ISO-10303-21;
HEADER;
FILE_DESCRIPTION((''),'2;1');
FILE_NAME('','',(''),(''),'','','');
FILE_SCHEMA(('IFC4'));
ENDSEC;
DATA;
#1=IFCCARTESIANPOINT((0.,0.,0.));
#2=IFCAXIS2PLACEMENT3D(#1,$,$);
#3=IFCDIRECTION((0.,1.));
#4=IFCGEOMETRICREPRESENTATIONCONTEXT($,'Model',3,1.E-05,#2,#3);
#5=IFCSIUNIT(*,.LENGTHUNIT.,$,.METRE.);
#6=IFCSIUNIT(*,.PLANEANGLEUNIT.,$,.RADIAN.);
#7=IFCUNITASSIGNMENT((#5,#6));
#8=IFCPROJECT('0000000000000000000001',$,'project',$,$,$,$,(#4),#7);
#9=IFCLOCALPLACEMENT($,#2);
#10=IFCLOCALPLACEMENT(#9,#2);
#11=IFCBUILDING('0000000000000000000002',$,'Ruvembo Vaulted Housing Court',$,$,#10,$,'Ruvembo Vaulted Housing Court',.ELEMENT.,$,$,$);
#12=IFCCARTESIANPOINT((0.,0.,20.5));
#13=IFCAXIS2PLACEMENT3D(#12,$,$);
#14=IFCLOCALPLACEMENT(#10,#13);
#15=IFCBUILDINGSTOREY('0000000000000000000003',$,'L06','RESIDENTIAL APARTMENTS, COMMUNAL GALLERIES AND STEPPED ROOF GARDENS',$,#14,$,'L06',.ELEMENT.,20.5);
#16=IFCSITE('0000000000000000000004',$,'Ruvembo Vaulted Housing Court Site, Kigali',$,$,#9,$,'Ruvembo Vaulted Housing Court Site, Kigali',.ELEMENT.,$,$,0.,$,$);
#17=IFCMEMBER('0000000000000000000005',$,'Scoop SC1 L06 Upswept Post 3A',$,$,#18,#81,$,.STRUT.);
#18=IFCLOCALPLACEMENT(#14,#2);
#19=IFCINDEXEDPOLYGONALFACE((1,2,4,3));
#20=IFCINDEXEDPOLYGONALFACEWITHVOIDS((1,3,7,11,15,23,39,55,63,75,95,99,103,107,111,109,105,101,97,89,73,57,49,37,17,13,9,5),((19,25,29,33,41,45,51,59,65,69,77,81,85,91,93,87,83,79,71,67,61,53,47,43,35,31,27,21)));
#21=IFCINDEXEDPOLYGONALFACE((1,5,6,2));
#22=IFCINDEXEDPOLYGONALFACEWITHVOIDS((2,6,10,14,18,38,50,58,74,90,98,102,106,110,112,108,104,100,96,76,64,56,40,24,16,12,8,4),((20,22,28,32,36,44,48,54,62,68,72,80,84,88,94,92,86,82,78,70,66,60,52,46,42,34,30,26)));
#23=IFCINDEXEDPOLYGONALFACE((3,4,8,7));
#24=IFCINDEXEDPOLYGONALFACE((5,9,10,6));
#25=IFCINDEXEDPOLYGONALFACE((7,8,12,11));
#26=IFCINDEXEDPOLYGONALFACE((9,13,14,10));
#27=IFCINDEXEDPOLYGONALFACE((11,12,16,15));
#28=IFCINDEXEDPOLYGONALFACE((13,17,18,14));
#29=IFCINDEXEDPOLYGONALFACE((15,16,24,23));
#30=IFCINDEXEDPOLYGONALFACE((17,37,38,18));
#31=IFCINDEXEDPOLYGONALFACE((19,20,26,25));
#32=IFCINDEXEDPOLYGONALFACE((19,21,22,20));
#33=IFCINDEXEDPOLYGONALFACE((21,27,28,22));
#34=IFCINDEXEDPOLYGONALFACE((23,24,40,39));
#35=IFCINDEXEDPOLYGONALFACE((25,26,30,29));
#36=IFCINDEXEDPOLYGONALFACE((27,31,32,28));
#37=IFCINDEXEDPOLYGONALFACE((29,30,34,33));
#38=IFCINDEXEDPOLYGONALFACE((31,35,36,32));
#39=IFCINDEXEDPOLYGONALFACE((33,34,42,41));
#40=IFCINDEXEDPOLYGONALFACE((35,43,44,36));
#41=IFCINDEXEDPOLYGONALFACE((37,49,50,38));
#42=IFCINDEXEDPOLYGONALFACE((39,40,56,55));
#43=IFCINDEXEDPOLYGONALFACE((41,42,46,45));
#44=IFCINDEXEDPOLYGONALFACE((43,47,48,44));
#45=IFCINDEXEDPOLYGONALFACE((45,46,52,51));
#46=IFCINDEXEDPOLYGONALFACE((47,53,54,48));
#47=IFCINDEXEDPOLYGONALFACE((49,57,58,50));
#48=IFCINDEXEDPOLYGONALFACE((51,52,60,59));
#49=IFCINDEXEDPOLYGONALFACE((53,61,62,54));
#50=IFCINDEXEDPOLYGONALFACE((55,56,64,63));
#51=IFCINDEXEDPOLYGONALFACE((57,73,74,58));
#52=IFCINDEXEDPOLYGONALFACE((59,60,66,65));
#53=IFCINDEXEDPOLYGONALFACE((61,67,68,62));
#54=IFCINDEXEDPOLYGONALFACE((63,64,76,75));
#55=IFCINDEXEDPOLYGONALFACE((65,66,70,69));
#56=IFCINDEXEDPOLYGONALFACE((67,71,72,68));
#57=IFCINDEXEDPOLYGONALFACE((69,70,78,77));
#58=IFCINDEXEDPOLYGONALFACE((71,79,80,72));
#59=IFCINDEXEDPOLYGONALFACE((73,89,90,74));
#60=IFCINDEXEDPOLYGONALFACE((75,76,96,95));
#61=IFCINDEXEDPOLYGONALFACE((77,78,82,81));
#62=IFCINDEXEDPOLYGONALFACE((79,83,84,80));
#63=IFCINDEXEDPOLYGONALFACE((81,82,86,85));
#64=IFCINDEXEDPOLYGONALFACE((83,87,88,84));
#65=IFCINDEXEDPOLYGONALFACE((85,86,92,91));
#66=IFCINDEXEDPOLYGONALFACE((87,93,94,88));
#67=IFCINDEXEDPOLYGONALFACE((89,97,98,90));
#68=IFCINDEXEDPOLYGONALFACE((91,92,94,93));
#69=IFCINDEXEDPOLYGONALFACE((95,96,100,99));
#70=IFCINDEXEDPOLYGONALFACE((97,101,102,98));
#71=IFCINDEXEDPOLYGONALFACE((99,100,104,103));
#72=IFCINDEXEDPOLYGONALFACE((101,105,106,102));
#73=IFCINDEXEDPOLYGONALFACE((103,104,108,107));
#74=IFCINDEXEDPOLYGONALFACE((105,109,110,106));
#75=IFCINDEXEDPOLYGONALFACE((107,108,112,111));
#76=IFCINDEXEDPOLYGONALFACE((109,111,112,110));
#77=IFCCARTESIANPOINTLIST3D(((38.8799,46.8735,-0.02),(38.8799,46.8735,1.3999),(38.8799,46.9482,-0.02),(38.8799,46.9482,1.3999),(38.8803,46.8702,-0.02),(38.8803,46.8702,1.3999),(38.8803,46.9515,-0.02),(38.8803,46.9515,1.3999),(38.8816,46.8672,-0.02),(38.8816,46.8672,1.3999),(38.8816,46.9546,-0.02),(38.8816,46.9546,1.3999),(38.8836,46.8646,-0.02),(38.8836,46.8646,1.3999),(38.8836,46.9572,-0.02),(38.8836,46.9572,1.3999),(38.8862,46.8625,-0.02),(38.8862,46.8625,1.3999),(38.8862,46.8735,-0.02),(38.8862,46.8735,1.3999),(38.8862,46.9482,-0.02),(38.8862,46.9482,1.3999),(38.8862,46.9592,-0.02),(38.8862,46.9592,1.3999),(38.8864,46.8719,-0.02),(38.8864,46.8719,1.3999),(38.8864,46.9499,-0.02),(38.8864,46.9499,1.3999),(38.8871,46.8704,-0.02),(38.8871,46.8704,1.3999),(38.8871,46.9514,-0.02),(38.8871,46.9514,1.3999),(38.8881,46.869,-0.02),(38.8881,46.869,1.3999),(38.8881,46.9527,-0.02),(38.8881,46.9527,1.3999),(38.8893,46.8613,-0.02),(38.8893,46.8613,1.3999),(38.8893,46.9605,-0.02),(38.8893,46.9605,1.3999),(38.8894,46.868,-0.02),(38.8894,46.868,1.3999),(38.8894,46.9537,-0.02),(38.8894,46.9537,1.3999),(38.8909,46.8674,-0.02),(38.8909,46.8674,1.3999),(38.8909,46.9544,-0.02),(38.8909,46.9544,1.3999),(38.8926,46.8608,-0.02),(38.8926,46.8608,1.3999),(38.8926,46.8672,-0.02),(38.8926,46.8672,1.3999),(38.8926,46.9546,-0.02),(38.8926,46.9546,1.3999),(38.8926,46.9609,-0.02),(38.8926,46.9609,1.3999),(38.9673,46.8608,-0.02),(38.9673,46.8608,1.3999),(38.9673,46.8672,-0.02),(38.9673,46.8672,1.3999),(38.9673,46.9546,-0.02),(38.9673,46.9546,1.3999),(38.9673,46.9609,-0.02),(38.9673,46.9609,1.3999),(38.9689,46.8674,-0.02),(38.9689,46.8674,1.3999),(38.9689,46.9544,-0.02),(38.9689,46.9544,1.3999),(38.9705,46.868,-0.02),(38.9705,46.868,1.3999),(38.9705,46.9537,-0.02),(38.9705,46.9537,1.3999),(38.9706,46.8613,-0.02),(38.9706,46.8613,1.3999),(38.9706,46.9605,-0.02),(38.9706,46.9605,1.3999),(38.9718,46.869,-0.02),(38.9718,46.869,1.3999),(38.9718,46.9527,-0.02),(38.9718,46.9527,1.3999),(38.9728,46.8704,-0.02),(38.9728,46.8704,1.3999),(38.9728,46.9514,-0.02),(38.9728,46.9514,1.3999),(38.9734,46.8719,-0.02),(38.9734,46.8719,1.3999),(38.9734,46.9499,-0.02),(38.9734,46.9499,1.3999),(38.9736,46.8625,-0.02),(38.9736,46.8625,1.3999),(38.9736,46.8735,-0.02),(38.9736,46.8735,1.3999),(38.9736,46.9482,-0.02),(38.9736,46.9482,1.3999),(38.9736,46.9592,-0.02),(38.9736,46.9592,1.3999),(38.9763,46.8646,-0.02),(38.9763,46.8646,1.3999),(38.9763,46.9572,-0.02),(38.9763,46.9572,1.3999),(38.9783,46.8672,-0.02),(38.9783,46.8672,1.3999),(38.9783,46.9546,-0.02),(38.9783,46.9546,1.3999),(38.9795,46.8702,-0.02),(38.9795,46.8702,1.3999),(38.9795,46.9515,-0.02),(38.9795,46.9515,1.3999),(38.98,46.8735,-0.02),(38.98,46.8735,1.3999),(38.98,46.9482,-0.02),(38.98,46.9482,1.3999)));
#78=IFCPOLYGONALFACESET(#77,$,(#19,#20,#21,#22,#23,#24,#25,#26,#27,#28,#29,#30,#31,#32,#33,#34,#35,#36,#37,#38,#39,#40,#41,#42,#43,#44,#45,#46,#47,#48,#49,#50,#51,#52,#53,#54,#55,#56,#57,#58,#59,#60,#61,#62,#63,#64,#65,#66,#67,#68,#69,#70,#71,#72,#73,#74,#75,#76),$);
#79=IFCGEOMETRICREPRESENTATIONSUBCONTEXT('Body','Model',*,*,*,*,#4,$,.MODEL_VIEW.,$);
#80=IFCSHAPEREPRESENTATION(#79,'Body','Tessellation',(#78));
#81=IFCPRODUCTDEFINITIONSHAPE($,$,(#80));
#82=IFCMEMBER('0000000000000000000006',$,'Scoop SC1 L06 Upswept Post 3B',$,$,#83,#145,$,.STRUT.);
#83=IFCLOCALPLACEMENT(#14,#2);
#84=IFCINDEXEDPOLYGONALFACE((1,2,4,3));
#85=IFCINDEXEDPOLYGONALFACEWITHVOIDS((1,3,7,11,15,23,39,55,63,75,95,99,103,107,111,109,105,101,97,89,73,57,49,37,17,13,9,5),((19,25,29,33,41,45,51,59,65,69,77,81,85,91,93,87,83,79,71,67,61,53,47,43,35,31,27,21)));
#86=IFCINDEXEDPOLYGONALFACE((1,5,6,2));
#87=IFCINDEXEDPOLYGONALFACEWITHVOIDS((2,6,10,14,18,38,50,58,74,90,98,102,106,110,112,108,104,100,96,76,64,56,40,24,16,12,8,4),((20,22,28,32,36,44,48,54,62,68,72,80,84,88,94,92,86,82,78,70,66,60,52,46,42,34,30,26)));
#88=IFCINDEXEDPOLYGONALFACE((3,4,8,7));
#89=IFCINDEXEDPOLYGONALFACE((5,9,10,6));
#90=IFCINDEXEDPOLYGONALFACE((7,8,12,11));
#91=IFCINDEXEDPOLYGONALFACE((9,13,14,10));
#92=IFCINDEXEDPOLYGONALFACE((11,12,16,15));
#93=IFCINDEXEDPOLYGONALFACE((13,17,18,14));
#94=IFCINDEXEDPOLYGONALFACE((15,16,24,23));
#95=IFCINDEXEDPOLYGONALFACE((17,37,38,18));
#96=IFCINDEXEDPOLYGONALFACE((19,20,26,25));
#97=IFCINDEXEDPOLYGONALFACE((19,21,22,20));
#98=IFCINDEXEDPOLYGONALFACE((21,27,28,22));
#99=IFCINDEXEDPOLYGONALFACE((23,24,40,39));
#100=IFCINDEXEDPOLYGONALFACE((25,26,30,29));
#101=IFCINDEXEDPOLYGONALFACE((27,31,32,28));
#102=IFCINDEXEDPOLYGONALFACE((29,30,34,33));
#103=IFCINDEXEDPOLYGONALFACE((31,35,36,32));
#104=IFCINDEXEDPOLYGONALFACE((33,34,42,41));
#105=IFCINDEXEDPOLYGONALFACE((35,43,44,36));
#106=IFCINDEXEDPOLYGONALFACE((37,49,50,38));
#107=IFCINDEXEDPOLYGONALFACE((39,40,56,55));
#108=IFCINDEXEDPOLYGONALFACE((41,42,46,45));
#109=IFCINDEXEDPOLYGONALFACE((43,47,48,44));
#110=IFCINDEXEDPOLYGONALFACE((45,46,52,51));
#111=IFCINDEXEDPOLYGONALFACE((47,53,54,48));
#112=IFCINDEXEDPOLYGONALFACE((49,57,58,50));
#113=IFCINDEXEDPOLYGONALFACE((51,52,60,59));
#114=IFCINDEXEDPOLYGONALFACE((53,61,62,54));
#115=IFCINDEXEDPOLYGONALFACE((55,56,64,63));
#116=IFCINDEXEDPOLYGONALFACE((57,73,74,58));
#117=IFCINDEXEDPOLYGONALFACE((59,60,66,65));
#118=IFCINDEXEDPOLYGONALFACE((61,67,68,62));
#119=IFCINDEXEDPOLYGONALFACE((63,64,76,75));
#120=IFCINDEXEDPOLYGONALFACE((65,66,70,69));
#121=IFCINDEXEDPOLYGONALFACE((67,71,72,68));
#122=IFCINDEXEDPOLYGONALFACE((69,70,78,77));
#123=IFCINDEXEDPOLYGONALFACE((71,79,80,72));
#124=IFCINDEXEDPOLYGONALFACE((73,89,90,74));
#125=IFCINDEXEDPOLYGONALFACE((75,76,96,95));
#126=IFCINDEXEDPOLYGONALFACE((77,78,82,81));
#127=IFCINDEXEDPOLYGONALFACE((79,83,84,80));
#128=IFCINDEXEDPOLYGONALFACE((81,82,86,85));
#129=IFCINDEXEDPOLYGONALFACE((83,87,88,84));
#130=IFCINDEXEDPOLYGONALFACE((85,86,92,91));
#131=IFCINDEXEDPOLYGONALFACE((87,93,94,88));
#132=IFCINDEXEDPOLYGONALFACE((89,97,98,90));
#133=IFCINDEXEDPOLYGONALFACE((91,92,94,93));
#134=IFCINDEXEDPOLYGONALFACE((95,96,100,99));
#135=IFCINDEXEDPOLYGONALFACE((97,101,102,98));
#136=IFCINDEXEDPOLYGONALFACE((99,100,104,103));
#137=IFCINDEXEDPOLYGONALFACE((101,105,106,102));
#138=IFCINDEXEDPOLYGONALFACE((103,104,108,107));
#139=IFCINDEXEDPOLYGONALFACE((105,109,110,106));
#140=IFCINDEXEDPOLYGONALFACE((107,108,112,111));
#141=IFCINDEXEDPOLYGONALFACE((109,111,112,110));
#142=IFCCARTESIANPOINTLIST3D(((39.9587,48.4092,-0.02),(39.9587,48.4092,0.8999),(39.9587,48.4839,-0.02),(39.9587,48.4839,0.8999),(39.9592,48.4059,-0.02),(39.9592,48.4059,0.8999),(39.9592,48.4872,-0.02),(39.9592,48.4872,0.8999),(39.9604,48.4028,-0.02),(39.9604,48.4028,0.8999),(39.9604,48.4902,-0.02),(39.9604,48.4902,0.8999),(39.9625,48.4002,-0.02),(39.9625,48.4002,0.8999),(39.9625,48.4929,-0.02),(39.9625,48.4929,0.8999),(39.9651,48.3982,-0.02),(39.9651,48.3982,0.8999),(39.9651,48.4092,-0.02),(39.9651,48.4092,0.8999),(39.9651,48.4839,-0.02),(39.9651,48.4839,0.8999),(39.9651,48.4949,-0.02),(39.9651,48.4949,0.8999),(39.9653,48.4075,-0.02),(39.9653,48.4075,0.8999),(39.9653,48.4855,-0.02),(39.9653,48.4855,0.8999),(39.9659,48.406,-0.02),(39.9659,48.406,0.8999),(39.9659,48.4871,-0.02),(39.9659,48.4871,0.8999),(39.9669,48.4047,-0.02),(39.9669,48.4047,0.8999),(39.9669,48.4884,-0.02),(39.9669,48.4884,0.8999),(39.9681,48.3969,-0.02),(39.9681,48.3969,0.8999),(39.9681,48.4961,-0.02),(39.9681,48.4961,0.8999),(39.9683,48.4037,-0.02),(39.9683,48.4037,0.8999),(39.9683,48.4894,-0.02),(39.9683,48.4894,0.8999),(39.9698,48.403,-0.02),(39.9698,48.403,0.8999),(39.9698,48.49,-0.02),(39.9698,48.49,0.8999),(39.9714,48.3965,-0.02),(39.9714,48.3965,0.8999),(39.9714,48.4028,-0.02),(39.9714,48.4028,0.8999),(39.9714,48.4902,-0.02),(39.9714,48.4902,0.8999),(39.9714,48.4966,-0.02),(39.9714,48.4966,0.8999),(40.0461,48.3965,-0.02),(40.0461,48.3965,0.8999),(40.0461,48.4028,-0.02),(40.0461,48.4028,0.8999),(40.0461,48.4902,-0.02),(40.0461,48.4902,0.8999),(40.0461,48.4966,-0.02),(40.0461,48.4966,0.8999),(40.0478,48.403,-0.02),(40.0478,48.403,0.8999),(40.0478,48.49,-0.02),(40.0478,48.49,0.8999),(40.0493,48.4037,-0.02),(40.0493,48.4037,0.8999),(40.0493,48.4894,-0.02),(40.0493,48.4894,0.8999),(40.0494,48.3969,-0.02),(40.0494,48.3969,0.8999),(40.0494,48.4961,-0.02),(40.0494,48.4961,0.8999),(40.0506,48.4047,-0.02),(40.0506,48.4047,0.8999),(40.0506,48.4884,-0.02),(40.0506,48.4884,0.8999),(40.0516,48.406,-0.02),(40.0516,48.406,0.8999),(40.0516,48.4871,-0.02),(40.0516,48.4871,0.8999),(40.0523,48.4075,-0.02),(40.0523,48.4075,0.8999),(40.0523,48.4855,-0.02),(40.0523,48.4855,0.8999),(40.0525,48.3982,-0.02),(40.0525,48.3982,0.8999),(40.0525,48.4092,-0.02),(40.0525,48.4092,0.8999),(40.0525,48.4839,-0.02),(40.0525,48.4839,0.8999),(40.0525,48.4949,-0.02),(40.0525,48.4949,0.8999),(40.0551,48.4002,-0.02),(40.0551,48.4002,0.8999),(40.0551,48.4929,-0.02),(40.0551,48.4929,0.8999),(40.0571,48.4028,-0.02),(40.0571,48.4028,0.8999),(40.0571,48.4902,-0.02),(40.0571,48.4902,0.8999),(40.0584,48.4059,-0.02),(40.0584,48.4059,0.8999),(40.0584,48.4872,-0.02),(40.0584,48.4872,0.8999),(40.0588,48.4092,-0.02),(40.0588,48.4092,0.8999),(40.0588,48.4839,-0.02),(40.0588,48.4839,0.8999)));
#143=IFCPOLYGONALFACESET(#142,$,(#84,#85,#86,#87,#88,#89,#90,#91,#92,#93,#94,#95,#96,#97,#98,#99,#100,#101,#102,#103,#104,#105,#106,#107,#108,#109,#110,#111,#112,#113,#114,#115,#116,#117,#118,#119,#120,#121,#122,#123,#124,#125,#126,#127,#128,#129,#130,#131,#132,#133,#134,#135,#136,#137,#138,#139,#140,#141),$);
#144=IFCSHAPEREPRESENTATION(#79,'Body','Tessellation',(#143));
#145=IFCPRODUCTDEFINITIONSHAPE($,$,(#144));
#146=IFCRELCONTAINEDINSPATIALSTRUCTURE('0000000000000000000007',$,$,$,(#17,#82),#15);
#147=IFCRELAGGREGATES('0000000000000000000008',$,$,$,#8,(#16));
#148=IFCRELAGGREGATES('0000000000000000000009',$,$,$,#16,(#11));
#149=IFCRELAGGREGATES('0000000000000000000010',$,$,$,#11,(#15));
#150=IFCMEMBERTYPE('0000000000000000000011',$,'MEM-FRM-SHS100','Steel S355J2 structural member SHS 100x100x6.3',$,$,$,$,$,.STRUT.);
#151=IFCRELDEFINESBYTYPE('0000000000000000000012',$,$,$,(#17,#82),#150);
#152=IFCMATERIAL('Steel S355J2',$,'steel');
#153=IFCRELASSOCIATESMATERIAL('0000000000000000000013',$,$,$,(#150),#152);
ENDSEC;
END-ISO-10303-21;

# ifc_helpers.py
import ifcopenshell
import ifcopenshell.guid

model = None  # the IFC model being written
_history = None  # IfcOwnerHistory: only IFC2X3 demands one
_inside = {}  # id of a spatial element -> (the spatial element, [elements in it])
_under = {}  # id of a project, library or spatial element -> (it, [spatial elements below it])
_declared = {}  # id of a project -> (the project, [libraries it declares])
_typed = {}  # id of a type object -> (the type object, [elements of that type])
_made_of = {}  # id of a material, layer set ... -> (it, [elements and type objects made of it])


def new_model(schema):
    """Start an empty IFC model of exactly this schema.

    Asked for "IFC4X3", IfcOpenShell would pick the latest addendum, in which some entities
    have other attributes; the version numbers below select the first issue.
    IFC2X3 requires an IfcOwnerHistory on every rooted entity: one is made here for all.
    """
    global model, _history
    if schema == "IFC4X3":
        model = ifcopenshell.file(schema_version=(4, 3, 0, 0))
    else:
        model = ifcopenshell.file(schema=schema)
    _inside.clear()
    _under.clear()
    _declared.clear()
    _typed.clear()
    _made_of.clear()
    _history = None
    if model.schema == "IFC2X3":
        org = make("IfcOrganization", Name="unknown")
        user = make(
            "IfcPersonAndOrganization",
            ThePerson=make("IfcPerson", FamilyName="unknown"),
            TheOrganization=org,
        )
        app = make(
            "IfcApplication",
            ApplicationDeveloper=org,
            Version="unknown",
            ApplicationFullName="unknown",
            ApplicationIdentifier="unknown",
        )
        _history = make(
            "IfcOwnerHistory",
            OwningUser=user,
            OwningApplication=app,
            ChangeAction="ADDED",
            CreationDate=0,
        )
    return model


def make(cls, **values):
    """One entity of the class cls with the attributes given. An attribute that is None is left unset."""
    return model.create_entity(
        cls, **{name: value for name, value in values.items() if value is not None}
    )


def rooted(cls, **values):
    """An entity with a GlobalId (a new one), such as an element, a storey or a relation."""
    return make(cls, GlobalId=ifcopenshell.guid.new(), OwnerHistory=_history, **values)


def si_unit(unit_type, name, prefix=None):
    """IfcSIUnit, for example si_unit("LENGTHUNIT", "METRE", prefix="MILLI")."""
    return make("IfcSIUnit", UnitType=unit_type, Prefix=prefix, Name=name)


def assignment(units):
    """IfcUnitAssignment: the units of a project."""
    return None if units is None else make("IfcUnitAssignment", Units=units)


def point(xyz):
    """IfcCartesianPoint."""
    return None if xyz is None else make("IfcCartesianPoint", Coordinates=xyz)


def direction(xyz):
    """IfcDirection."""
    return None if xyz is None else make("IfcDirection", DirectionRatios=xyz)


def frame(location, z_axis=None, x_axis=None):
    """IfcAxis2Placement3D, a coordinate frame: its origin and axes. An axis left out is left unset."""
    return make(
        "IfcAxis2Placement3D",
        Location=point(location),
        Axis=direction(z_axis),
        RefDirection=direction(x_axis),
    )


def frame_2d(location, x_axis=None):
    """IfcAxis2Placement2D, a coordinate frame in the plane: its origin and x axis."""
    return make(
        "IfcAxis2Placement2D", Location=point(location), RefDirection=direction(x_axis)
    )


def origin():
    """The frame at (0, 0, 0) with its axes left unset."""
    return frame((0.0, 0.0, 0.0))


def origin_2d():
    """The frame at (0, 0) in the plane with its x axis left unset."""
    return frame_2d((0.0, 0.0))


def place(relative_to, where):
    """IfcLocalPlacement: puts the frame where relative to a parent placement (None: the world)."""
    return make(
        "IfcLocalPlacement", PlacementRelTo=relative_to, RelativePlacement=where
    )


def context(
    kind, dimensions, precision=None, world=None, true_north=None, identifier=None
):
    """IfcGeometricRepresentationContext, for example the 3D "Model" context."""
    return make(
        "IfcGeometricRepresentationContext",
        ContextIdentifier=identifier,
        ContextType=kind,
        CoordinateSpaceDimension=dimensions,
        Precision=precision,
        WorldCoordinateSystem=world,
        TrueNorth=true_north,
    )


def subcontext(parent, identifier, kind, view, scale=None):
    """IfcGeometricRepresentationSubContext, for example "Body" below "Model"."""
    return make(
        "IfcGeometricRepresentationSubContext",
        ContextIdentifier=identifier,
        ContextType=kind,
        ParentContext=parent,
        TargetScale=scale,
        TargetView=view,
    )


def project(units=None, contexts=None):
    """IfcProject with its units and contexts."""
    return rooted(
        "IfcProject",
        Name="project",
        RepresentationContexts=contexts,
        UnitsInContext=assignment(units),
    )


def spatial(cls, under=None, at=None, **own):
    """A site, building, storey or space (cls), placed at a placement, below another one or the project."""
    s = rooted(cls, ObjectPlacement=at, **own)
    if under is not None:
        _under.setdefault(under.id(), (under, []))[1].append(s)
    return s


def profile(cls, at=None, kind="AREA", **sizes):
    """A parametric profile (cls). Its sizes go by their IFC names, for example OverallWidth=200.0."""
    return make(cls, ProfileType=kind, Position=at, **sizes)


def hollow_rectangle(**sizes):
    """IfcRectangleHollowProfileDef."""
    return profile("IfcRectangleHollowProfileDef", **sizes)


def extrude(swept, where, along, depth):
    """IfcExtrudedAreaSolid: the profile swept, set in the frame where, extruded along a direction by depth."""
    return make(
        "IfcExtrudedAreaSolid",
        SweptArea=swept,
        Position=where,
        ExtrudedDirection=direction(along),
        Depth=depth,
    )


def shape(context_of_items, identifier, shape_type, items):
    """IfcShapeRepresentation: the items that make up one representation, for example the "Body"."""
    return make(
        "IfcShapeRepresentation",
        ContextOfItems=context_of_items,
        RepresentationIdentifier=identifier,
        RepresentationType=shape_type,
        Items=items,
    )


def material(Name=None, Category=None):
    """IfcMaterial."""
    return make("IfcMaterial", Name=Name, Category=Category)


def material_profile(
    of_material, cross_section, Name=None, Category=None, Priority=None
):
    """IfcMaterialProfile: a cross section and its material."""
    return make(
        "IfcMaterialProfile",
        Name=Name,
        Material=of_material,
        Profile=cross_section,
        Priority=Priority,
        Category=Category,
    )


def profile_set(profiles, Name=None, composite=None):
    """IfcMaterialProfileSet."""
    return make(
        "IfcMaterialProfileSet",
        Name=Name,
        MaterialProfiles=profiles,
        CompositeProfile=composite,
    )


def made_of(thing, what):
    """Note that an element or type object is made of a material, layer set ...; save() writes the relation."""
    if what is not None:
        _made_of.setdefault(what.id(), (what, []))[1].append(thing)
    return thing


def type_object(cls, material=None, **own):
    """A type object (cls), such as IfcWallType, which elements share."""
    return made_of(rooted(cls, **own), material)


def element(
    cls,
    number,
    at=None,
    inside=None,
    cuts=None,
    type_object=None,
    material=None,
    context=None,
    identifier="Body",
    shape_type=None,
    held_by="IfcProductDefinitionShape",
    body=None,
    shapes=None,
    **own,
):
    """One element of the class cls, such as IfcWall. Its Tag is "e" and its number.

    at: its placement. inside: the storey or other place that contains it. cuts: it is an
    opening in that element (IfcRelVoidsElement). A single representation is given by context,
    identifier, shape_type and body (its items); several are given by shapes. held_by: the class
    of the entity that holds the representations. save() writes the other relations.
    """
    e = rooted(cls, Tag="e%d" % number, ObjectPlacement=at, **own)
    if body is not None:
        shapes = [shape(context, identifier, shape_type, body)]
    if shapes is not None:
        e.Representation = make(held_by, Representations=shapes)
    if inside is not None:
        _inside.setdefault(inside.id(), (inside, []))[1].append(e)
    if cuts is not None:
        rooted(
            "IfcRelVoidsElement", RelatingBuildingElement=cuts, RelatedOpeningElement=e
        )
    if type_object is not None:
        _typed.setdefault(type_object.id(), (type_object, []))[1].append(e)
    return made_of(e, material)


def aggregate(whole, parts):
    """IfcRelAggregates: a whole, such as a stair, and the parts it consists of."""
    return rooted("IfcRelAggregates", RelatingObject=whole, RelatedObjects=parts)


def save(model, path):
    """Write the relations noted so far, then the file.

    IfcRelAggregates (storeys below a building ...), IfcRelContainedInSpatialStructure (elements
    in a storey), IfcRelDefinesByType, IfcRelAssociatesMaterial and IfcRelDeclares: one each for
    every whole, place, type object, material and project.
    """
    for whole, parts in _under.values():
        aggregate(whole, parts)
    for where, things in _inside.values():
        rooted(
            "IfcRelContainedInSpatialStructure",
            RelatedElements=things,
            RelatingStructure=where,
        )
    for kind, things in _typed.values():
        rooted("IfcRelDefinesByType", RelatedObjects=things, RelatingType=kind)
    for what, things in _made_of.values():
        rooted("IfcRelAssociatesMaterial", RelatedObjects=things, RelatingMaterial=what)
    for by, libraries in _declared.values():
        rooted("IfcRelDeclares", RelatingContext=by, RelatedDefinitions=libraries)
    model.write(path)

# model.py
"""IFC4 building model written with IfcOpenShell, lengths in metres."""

from ifc_helpers import new_model, si_unit, direction, frame, origin, origin_2d, place, context, subcontext, project, spatial, hollow_rectangle, extrude, material, material_profile, profile_set, type_object, element, save


model = new_model("IFC4")

# Units and contexts
model_context = context("Model", 3, precision=1e-05, world=origin(), true_north=direction((0.0, 1.0)))
body_context = subcontext(model_context, "Body", "Model", "MODEL_VIEW")
ifc_project = project(units=[si_unit("LENGTHUNIT", "METRE"), si_unit("PLANEANGLEUNIT", "RADIAN")], contexts=[model_context])

# Site, building, storey
site_placement = place(None, origin())
site = spatial("IfcSite", under=ifc_project, at=site_placement, Name="Ruvembo Vaulted Housing Court Site, Kigali", LongName="Ruvembo Vaulted Housing Court Site, Kigali", CompositionType="ELEMENT", RefElevation=0.0)
building_placement = place(site_placement, origin())
building = spatial("IfcBuilding", under=site, at=building_placement, Name="Ruvembo Vaulted Housing Court", LongName="Ruvembo Vaulted Housing Court", CompositionType="ELEMENT")
storey_placement = place(building_placement, frame((0.0, 0.0, 20.5)))
storey = spatial("IfcBuildingStorey", under=building, at=storey_placement, Name="L06", Description="RESIDENTIAL APARTMENTS, COMMUNAL GALLERIES AND STEPPED ROOF GARDENS", LongName="L06", CompositionType="ELEMENT", Elevation=20.5)

# Members
ifc_material_1 = material(Name="Steel S355J2", Category="steel")
ifc_material_profile_1 = material_profile(ifc_material_1, hollow_rectangle(XDim=0.1001, YDim=0.1001, WallThickness=0.0063, InnerFilletRadius=0.0063, OuterFilletRadius=0.0127, at=origin_2d()), Name="SHS 100x100x6.3")
ifc_profile_set_1 = profile_set([ifc_material_profile_1], Name="Steel S355J2")
member_type_1 = type_object("IfcMemberType", Name="MEM-FRM-SHS100", Description="Steel S355J2 structural member SHS 100x100x6.3", PredefinedType="STRUT", material=ifc_profile_set_1)
member_1_placement = place(storey_placement, frame((38.9299, 46.9109, -0.02), z_axis=(0.0, 0.0, 1.0), x_axis=(1.0, 0.0, 0.0)))
element("IfcMember", 1, at=member_1_placement, inside=storey, type_object=member_type_1, Name="Scoop SC1 L06 Upswept Post 3A", PredefinedType="STRUT", context=body_context, shape_type="SweptSolid", body=[
    extrude(hollow_rectangle(XDim=0.1001, YDim=0.1001, WallThickness=0.0063, InnerFilletRadius=0.0063, OuterFilletRadius=0.0127, at=origin_2d()), origin(), (0.0, 0.0, 1.0), 1.4199),
])
for number, where, z_axis, x_axis, name in (
    (2, (40.0088, 48.4465, -0.02), (0.0, 0.0, 1.0), (1.0, 0.0, 0.0), "Scoop SC1 L06 Upswept Post 3B"),
):
    element("IfcMember", number, at=place(storey_placement, frame(where, z_axis=z_axis, x_axis=x_axis)), inside=storey, type_object=member_type_1, Name=name, PredefinedType="STRUT", context=body_context, shape_type="SweptSolid", body=[
        extrude(hollow_rectangle(XDim=0.1001, YDim=0.1001, WallThickness=0.0063, InnerFilletRadius=0.0063, OuterFilletRadius=0.0127, at=origin_2d()), origin(), (0.0, 0.0, 1.0), 0.9199),
    ])

save(model, "model.ifc")
